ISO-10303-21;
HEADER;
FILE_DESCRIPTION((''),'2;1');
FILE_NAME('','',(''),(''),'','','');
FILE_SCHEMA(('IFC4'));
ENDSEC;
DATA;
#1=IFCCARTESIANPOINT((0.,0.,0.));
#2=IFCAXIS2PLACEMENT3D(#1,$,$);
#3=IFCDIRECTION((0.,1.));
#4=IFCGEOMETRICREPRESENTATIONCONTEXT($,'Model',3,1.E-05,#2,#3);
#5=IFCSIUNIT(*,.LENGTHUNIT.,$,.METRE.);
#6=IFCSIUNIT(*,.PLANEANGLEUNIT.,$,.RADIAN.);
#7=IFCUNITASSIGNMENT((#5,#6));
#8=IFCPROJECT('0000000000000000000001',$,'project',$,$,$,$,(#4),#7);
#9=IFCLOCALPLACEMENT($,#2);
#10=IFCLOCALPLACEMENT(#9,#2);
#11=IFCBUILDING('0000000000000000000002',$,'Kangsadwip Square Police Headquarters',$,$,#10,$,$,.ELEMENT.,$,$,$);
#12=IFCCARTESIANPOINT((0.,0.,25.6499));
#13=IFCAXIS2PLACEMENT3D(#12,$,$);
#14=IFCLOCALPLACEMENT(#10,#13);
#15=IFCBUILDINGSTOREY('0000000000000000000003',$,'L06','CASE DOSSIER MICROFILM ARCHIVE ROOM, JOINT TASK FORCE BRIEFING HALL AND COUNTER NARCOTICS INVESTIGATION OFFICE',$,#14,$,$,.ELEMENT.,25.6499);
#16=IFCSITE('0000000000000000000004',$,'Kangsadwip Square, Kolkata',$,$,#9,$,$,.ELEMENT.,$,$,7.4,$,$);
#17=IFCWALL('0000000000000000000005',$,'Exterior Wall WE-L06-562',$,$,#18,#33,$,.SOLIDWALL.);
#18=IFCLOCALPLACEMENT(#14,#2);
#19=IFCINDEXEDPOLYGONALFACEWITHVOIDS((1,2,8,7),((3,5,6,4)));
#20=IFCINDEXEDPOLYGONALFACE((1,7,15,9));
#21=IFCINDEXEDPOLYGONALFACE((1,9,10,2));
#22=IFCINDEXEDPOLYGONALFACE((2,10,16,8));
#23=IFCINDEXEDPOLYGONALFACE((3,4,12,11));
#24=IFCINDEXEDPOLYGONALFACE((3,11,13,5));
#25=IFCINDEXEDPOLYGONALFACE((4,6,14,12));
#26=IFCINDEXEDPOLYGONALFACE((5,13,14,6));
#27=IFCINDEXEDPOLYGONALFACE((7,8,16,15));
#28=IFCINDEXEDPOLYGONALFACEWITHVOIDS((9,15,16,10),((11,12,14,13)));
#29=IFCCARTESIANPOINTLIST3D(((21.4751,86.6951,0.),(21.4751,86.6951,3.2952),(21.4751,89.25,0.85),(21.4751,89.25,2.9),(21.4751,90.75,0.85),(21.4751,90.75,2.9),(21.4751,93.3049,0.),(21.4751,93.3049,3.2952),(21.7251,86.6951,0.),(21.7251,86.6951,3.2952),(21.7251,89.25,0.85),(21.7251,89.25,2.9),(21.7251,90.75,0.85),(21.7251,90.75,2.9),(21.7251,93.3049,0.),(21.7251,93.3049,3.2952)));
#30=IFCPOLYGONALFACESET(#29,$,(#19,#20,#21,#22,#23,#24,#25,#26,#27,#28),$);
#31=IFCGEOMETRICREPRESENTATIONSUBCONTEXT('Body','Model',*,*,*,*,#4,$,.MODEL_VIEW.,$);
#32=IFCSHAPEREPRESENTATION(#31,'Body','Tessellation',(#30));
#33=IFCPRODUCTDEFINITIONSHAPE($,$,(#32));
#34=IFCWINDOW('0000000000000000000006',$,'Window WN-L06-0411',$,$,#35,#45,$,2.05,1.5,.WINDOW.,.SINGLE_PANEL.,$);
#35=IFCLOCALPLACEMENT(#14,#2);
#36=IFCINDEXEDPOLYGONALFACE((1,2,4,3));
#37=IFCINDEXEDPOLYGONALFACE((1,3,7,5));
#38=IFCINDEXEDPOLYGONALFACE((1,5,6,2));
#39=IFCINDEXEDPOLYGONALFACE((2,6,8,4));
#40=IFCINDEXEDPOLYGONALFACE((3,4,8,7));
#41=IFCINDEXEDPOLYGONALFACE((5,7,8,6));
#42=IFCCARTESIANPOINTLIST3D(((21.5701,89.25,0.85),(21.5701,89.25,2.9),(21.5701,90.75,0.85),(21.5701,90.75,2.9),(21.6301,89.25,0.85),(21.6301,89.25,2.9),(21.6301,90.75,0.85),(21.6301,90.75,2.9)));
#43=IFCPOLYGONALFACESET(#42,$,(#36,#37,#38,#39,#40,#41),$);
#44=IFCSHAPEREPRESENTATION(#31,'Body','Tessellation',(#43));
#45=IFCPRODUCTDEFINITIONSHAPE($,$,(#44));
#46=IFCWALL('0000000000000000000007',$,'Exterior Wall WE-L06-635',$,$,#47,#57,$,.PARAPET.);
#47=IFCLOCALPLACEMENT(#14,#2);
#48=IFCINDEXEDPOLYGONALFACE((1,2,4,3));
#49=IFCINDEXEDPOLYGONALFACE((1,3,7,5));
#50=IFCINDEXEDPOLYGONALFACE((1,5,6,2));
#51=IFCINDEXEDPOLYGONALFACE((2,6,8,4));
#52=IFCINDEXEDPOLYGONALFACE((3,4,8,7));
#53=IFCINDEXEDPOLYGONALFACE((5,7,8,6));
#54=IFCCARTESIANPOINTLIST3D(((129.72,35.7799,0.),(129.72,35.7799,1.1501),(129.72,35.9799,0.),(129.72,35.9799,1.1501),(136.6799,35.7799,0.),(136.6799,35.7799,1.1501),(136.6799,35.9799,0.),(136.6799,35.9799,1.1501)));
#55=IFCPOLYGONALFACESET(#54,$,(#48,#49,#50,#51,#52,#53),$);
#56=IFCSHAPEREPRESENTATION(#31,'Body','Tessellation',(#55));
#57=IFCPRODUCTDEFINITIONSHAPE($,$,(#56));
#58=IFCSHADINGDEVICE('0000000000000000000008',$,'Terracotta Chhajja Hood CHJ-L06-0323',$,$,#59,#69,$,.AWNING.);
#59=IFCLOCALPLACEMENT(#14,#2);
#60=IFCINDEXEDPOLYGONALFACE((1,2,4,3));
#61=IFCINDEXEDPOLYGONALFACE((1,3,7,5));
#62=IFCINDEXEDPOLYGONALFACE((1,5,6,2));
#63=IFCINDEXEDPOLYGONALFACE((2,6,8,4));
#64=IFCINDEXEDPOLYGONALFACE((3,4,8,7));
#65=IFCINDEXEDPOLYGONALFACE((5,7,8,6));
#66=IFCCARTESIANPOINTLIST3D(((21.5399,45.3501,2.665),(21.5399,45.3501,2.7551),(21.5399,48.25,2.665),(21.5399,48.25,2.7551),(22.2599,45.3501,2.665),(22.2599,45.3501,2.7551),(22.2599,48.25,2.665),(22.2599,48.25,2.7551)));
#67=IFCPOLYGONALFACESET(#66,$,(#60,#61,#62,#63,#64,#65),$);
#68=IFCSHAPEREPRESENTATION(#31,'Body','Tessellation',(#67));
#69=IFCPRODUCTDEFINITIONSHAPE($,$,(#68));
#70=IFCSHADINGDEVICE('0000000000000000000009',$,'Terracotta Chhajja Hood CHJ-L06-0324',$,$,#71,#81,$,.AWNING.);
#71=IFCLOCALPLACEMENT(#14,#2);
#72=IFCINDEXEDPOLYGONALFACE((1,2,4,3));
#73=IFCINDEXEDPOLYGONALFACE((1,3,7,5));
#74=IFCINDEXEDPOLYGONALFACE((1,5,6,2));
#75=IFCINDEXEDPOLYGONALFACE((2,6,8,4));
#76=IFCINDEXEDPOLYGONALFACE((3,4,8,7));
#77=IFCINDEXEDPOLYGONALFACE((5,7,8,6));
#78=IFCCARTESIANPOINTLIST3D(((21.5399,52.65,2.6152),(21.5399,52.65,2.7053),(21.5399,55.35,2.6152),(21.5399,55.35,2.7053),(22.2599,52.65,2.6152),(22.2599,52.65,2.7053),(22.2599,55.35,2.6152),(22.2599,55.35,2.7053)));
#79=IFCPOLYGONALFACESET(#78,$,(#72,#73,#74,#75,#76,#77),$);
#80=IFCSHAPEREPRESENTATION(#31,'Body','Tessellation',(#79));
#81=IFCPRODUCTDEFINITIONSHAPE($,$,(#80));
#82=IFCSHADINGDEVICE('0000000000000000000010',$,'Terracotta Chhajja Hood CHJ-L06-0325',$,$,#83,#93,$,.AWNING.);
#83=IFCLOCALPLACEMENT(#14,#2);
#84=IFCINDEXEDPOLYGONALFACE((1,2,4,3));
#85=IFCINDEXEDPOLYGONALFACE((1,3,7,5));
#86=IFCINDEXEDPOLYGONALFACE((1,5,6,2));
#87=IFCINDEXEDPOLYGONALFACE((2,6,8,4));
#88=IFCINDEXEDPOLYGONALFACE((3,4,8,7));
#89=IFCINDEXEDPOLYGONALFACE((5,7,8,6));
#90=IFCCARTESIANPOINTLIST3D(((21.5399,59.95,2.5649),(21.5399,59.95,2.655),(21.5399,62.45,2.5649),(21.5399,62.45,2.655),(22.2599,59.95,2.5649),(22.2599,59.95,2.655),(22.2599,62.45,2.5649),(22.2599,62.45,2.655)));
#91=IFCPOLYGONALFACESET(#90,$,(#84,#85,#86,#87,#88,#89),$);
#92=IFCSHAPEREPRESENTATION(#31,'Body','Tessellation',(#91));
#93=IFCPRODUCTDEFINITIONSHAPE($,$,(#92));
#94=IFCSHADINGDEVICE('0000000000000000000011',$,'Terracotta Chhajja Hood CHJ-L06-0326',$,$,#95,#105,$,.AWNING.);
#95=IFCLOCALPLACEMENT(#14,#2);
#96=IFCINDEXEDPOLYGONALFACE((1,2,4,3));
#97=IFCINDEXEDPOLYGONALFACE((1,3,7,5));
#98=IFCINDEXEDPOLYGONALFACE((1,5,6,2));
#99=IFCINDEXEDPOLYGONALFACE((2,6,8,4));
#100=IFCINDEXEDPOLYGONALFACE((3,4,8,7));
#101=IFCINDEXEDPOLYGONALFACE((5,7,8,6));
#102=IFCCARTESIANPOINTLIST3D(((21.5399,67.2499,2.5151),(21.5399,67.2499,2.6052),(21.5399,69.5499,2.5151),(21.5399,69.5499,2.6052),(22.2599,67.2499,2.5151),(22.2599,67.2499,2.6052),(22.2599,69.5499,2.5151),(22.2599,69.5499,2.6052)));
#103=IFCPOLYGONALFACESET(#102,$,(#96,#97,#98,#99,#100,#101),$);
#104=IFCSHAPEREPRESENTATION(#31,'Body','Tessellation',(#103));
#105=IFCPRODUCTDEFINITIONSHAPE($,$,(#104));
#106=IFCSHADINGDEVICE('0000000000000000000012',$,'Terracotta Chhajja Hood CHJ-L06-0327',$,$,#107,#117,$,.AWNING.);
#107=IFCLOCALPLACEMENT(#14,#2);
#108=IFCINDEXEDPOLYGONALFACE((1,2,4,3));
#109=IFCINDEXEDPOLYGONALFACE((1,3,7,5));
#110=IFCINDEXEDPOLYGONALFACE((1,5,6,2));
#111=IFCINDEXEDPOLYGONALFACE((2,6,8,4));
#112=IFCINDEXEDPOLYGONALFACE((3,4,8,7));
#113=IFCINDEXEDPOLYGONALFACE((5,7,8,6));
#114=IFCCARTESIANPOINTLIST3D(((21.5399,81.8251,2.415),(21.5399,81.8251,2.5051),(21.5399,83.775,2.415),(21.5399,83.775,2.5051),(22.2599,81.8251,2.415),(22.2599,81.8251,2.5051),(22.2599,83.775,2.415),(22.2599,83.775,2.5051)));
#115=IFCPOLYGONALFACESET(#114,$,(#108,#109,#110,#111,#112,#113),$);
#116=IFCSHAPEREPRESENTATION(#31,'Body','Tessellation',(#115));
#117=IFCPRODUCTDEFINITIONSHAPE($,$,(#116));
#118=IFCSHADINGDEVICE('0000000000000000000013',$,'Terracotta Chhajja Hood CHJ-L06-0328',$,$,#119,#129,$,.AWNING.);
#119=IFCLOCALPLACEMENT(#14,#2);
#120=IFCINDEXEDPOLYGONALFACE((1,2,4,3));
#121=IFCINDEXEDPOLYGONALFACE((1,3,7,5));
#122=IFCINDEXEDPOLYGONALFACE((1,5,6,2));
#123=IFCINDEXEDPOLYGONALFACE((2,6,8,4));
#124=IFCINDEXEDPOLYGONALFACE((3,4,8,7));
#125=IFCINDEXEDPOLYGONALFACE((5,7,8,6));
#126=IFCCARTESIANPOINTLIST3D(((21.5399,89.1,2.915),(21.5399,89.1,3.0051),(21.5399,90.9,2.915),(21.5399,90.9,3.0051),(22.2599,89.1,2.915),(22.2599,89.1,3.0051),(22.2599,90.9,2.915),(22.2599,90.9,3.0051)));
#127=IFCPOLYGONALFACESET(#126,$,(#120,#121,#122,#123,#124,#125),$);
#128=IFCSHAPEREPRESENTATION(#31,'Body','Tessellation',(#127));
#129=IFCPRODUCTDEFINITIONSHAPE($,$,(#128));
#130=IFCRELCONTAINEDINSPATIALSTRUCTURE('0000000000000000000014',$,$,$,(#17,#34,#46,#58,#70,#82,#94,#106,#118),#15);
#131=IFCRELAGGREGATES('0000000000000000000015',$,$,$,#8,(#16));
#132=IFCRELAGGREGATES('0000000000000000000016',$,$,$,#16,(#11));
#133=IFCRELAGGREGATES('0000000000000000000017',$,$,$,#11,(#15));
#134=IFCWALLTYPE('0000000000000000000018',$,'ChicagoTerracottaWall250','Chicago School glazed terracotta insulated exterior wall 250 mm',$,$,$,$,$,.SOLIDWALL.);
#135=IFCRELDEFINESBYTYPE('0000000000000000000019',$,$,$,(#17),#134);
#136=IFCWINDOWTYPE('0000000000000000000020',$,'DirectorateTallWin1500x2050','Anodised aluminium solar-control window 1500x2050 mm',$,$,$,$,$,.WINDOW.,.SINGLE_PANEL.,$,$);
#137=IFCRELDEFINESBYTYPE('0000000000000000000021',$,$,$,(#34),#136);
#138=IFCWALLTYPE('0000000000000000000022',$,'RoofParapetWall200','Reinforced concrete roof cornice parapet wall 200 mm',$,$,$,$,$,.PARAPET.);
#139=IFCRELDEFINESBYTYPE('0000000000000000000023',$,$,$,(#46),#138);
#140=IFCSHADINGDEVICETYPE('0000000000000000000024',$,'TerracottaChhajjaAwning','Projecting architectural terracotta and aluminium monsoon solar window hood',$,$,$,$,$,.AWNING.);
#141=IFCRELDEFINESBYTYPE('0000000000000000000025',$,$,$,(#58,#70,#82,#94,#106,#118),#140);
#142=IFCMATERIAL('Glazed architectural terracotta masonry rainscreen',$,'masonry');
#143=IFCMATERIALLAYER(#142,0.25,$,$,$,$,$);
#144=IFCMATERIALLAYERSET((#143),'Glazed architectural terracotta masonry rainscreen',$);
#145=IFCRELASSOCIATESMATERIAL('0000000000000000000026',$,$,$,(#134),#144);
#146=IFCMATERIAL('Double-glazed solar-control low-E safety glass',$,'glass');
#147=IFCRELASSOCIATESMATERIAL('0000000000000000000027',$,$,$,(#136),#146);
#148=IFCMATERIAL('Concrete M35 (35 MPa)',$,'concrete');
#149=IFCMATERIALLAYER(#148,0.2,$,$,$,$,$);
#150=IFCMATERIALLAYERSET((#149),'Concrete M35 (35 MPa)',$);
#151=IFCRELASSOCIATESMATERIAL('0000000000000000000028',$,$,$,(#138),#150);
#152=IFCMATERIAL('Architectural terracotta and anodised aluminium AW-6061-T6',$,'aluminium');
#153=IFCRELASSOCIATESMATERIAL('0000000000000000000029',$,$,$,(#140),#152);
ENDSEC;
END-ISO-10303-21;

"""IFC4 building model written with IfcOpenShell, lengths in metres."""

from ifc_helpers import new_model, si_unit, direction, frame, frame_2d, origin, origin_2d, place, context, subcontext, project, spatial, rectangle, extrude, material, layer, layer_set, type_object, element, fill, save


model = new_model("IFC4")

# Units and contexts
model_context = context("Model", 3, precision=1e-05, world=origin(), true_north=direction((0.0, 1.0)))
body_context = subcontext(model_context, "Body", "Model", "MODEL_VIEW")
ifc_project = project(units=[si_unit("LENGTHUNIT", "METRE"), si_unit("PLANEANGLEUNIT", "RADIAN")], contexts=[model_context])

# Site, building, storey
site_placement = place(None, origin())
site = spatial("IfcSite", under=ifc_project, at=site_placement, Name="Kangsadwip Square, Kolkata", CompositionType="ELEMENT", RefElevation=7.4)
building_placement = place(site_placement, origin())
building = spatial("IfcBuilding", under=site, at=building_placement, Name="Kangsadwip Square Police Headquarters", CompositionType="ELEMENT")
storey_placement = place(building_placement, frame((0.0, 0.0, 25.6499)))
storey = spatial("IfcBuildingStorey", under=building, at=storey_placement, Name="L06", Description="CASE DOSSIER MICROFILM ARCHIVE ROOM, JOINT TASK FORCE BRIEFING HALL AND COUNTER NARCOTICS INVESTIGATION OFFICE", CompositionType="ELEMENT", Elevation=25.6499)

# Wall, opening, window
ifc_material_1 = material(Name="Glazed architectural terracotta masonry rainscreen", Category="masonry")
ifc_layer_1 = layer(ifc_material_1, 0.25)
ifc_layer_set_1 = layer_set([ifc_layer_1], Name="Glazed architectural terracotta masonry rainscreen")
wall_type_1 = type_object("IfcWallType", Name="ChicagoTerracottaWall250", Description="Chicago School glazed terracotta insulated exterior wall 250 mm", PredefinedType="SOLIDWALL", material=ifc_layer_set_1)
wall_1_placement = place(storey_placement, frame((21.6001, 86.6951, 0.0), z_axis=(0.0, 0.0, 1.0), x_axis=(0.0, 1.0, 0.0)))
wall_1 = element("IfcWall", 1, at=wall_1_placement, inside=storey, type_object=wall_type_1, Name="Exterior Wall WE-L06-562", PredefinedType="SOLIDWALL", context=body_context, shape_type="SweptSolid", body=[
    extrude(rectangle(XDim=6.6099, YDim=0.25, at=frame_2d((3.3049, 0.0))), origin(), (0.0, 0.0, 1.0), 3.2952),
])
opening_1_placement = place(wall_1_placement, frame((2.5549, 0.0, 0.8501)))
opening_1 = element("IfcOpeningElement", 2, at=opening_1_placement, cuts=wall_1, PredefinedType="OPENING", context=body_context, shape_type="SweptSolid", body=[
    extrude(rectangle(XDim=1.5, YDim=2.05, at=frame_2d((0.75, 1.0249))), frame((0.0, 0.135, 0.0), z_axis=(0.0, -1.0, 0.0), x_axis=(1.0, 0.0, 0.0)), (0.0, 0.0, 1.0), 0.27),
])
ifc_material_2 = material(Name="Double-glazed solar-control low-E safety glass", Category="glass")
window_type_1 = type_object("IfcWindowType", Name="DirectorateTallWin1500x2050", Description="Anodised aluminium solar-control window 1500x2050 mm", PartitioningType="SINGLE_PANEL", PredefinedType="WINDOW", material=ifc_material_2)
window_1_placement = place(opening_1_placement, origin())
window_1 = element("IfcWindow", 3, at=window_1_placement, inside=storey, type_object=window_type_1, Name="Window WN-L06-0411", OverallHeight=2.05, OverallWidth=1.5, PartitioningType="SINGLE_PANEL", PredefinedType="WINDOW", context=body_context, shape_type="SweptSolid", body=[
    extrude(rectangle(XDim=1.5, YDim=2.05, at=frame_2d((0.75, 1.0249))), frame((0.0, 0.03, 0.0), z_axis=(0.0, -1.0, 0.0), x_axis=(1.0, 0.0, 0.0)), (0.0, 0.0, 1.0), 0.0601),
])
fill(opening_1, window_1)

# Wall
ifc_material_3 = material(Name="Concrete M35 (35 MPa)", Category="concrete")
ifc_layer_2 = layer(ifc_material_3, 0.2)
ifc_layer_set_2 = layer_set([ifc_layer_2], Name="Concrete M35 (35 MPa)")
wall_type_2 = type_object("IfcWallType", Name="RoofParapetWall200", Description="Reinforced concrete roof cornice parapet wall 200 mm", PredefinedType="PARAPET", material=ifc_layer_set_2)
wall_2_placement = place(storey_placement, frame((129.72, 35.8799, 0.0), z_axis=(0.0, 0.0, 1.0), x_axis=(1.0, 0.0, 0.0)))
element("IfcWall", 4, at=wall_2_placement, inside=storey, type_object=wall_type_2, Name="Exterior Wall WE-L06-635", PredefinedType="PARAPET", context=body_context, shape_type="SweptSolid", body=[
    extrude(rectangle(XDim=6.96, YDim=0.2, at=frame_2d((3.48, 0.0))), origin(), (0.0, 0.0, 1.0), 1.1501),
])

# Shading devices
ifc_material_4 = material(Name="Architectural terracotta and anodised aluminium AW-6061-T6", Category="aluminium")
shading_device_type = type_object("IfcShadingDeviceType", Name="TerracottaChhajjaAwning", Description="Projecting architectural terracotta and aluminium monsoon solar window hood", PredefinedType="AWNING", material=ifc_material_4)
shading_device_1_placement = place(storey_placement, frame((21.8999, 46.8, 2.665), z_axis=(0.0, 0.0, 1.0), x_axis=(0.0, 1.0, 0.0)))
element("IfcShadingDevice", 5, at=shading_device_1_placement, inside=storey, type_object=shading_device_type, Name="Terracotta Chhajja Hood CHJ-L06-0323", PredefinedType="AWNING", context=body_context, shape_type="SweptSolid", body=[
    extrude(rectangle(XDim=2.8999, YDim=0.72, at=origin_2d()), origin(), (0.0, 0.0, 1.0), 0.0901),
])
shading_device_2_placement = place(storey_placement, frame((21.8999, 54.0, 2.6152), z_axis=(0.0, 0.0, 1.0), x_axis=(0.0, 1.0, 0.0)))
element("IfcShadingDevice", 6, at=shading_device_2_placement, inside=storey, type_object=shading_device_type, Name="Terracotta Chhajja Hood CHJ-L06-0324", PredefinedType="AWNING", context=body_context, shape_type="SweptSolid", body=[
    extrude(rectangle(XDim=2.7, YDim=0.72, at=origin_2d()), origin(), (0.0, 0.0, 1.0), 0.0901),
])
shading_device_3_placement = place(storey_placement, frame((21.8999, 61.2, 2.5649), z_axis=(0.0, 0.0, 1.0), x_axis=(0.0, 1.0, 0.0)))
element("IfcShadingDevice", 7, at=shading_device_3_placement, inside=storey, type_object=shading_device_type, Name="Terracotta Chhajja Hood CHJ-L06-0325", PredefinedType="AWNING", context=body_context, shape_type="SweptSolid", body=[
    extrude(rectangle(XDim=2.5, YDim=0.72, at=origin_2d()), origin(), (0.0, 0.0, 1.0), 0.0901),
])
shading_device_4_placement = place(storey_placement, frame((21.8999, 68.3999, 2.5151), z_axis=(0.0, 0.0, 1.0), x_axis=(0.0, 1.0, 0.0)))
element("IfcShadingDevice", 8, at=shading_device_4_placement, inside=storey, type_object=shading_device_type, Name="Terracotta Chhajja Hood CHJ-L06-0326", PredefinedType="AWNING", context=body_context, shape_type="SweptSolid", body=[
    extrude(rectangle(XDim=2.3, YDim=0.72, at=origin_2d()), origin(), (0.0, 0.0, 1.0), 0.0901),
])
shading_device_5_placement = place(storey_placement, frame((21.8999, 82.8, 2.415), z_axis=(0.0, 0.0, 1.0), x_axis=(0.0, 1.0, 0.0)))
element("IfcShadingDevice", 9, at=shading_device_5_placement, inside=storey, type_object=shading_device_type, Name="Terracotta Chhajja Hood CHJ-L06-0327", PredefinedType="AWNING", context=body_context, shape_type="SweptSolid", body=[
    extrude(rectangle(XDim=1.95, YDim=0.72, at=origin_2d()), origin(), (0.0, 0.0, 1.0), 0.0901),
])
shading_device_6_placement = place(storey_placement, frame((21.8999, 90.0, 2.915), z_axis=(0.0, 0.0, 1.0), x_axis=(0.0, 1.0, 0.0)))
element("IfcShadingDevice", 10, at=shading_device_6_placement, inside=storey, type_object=shading_device_type, Name="Terracotta Chhajja Hood CHJ-L06-0328", PredefinedType="AWNING", context=body_context, shape_type="SweptSolid", body=[
    extrude(rectangle(XDim=1.8, YDim=0.72, at=origin_2d()), origin(), (0.0, 0.0, 1.0), 0.0901),
])

save(model, "model.ifc")
